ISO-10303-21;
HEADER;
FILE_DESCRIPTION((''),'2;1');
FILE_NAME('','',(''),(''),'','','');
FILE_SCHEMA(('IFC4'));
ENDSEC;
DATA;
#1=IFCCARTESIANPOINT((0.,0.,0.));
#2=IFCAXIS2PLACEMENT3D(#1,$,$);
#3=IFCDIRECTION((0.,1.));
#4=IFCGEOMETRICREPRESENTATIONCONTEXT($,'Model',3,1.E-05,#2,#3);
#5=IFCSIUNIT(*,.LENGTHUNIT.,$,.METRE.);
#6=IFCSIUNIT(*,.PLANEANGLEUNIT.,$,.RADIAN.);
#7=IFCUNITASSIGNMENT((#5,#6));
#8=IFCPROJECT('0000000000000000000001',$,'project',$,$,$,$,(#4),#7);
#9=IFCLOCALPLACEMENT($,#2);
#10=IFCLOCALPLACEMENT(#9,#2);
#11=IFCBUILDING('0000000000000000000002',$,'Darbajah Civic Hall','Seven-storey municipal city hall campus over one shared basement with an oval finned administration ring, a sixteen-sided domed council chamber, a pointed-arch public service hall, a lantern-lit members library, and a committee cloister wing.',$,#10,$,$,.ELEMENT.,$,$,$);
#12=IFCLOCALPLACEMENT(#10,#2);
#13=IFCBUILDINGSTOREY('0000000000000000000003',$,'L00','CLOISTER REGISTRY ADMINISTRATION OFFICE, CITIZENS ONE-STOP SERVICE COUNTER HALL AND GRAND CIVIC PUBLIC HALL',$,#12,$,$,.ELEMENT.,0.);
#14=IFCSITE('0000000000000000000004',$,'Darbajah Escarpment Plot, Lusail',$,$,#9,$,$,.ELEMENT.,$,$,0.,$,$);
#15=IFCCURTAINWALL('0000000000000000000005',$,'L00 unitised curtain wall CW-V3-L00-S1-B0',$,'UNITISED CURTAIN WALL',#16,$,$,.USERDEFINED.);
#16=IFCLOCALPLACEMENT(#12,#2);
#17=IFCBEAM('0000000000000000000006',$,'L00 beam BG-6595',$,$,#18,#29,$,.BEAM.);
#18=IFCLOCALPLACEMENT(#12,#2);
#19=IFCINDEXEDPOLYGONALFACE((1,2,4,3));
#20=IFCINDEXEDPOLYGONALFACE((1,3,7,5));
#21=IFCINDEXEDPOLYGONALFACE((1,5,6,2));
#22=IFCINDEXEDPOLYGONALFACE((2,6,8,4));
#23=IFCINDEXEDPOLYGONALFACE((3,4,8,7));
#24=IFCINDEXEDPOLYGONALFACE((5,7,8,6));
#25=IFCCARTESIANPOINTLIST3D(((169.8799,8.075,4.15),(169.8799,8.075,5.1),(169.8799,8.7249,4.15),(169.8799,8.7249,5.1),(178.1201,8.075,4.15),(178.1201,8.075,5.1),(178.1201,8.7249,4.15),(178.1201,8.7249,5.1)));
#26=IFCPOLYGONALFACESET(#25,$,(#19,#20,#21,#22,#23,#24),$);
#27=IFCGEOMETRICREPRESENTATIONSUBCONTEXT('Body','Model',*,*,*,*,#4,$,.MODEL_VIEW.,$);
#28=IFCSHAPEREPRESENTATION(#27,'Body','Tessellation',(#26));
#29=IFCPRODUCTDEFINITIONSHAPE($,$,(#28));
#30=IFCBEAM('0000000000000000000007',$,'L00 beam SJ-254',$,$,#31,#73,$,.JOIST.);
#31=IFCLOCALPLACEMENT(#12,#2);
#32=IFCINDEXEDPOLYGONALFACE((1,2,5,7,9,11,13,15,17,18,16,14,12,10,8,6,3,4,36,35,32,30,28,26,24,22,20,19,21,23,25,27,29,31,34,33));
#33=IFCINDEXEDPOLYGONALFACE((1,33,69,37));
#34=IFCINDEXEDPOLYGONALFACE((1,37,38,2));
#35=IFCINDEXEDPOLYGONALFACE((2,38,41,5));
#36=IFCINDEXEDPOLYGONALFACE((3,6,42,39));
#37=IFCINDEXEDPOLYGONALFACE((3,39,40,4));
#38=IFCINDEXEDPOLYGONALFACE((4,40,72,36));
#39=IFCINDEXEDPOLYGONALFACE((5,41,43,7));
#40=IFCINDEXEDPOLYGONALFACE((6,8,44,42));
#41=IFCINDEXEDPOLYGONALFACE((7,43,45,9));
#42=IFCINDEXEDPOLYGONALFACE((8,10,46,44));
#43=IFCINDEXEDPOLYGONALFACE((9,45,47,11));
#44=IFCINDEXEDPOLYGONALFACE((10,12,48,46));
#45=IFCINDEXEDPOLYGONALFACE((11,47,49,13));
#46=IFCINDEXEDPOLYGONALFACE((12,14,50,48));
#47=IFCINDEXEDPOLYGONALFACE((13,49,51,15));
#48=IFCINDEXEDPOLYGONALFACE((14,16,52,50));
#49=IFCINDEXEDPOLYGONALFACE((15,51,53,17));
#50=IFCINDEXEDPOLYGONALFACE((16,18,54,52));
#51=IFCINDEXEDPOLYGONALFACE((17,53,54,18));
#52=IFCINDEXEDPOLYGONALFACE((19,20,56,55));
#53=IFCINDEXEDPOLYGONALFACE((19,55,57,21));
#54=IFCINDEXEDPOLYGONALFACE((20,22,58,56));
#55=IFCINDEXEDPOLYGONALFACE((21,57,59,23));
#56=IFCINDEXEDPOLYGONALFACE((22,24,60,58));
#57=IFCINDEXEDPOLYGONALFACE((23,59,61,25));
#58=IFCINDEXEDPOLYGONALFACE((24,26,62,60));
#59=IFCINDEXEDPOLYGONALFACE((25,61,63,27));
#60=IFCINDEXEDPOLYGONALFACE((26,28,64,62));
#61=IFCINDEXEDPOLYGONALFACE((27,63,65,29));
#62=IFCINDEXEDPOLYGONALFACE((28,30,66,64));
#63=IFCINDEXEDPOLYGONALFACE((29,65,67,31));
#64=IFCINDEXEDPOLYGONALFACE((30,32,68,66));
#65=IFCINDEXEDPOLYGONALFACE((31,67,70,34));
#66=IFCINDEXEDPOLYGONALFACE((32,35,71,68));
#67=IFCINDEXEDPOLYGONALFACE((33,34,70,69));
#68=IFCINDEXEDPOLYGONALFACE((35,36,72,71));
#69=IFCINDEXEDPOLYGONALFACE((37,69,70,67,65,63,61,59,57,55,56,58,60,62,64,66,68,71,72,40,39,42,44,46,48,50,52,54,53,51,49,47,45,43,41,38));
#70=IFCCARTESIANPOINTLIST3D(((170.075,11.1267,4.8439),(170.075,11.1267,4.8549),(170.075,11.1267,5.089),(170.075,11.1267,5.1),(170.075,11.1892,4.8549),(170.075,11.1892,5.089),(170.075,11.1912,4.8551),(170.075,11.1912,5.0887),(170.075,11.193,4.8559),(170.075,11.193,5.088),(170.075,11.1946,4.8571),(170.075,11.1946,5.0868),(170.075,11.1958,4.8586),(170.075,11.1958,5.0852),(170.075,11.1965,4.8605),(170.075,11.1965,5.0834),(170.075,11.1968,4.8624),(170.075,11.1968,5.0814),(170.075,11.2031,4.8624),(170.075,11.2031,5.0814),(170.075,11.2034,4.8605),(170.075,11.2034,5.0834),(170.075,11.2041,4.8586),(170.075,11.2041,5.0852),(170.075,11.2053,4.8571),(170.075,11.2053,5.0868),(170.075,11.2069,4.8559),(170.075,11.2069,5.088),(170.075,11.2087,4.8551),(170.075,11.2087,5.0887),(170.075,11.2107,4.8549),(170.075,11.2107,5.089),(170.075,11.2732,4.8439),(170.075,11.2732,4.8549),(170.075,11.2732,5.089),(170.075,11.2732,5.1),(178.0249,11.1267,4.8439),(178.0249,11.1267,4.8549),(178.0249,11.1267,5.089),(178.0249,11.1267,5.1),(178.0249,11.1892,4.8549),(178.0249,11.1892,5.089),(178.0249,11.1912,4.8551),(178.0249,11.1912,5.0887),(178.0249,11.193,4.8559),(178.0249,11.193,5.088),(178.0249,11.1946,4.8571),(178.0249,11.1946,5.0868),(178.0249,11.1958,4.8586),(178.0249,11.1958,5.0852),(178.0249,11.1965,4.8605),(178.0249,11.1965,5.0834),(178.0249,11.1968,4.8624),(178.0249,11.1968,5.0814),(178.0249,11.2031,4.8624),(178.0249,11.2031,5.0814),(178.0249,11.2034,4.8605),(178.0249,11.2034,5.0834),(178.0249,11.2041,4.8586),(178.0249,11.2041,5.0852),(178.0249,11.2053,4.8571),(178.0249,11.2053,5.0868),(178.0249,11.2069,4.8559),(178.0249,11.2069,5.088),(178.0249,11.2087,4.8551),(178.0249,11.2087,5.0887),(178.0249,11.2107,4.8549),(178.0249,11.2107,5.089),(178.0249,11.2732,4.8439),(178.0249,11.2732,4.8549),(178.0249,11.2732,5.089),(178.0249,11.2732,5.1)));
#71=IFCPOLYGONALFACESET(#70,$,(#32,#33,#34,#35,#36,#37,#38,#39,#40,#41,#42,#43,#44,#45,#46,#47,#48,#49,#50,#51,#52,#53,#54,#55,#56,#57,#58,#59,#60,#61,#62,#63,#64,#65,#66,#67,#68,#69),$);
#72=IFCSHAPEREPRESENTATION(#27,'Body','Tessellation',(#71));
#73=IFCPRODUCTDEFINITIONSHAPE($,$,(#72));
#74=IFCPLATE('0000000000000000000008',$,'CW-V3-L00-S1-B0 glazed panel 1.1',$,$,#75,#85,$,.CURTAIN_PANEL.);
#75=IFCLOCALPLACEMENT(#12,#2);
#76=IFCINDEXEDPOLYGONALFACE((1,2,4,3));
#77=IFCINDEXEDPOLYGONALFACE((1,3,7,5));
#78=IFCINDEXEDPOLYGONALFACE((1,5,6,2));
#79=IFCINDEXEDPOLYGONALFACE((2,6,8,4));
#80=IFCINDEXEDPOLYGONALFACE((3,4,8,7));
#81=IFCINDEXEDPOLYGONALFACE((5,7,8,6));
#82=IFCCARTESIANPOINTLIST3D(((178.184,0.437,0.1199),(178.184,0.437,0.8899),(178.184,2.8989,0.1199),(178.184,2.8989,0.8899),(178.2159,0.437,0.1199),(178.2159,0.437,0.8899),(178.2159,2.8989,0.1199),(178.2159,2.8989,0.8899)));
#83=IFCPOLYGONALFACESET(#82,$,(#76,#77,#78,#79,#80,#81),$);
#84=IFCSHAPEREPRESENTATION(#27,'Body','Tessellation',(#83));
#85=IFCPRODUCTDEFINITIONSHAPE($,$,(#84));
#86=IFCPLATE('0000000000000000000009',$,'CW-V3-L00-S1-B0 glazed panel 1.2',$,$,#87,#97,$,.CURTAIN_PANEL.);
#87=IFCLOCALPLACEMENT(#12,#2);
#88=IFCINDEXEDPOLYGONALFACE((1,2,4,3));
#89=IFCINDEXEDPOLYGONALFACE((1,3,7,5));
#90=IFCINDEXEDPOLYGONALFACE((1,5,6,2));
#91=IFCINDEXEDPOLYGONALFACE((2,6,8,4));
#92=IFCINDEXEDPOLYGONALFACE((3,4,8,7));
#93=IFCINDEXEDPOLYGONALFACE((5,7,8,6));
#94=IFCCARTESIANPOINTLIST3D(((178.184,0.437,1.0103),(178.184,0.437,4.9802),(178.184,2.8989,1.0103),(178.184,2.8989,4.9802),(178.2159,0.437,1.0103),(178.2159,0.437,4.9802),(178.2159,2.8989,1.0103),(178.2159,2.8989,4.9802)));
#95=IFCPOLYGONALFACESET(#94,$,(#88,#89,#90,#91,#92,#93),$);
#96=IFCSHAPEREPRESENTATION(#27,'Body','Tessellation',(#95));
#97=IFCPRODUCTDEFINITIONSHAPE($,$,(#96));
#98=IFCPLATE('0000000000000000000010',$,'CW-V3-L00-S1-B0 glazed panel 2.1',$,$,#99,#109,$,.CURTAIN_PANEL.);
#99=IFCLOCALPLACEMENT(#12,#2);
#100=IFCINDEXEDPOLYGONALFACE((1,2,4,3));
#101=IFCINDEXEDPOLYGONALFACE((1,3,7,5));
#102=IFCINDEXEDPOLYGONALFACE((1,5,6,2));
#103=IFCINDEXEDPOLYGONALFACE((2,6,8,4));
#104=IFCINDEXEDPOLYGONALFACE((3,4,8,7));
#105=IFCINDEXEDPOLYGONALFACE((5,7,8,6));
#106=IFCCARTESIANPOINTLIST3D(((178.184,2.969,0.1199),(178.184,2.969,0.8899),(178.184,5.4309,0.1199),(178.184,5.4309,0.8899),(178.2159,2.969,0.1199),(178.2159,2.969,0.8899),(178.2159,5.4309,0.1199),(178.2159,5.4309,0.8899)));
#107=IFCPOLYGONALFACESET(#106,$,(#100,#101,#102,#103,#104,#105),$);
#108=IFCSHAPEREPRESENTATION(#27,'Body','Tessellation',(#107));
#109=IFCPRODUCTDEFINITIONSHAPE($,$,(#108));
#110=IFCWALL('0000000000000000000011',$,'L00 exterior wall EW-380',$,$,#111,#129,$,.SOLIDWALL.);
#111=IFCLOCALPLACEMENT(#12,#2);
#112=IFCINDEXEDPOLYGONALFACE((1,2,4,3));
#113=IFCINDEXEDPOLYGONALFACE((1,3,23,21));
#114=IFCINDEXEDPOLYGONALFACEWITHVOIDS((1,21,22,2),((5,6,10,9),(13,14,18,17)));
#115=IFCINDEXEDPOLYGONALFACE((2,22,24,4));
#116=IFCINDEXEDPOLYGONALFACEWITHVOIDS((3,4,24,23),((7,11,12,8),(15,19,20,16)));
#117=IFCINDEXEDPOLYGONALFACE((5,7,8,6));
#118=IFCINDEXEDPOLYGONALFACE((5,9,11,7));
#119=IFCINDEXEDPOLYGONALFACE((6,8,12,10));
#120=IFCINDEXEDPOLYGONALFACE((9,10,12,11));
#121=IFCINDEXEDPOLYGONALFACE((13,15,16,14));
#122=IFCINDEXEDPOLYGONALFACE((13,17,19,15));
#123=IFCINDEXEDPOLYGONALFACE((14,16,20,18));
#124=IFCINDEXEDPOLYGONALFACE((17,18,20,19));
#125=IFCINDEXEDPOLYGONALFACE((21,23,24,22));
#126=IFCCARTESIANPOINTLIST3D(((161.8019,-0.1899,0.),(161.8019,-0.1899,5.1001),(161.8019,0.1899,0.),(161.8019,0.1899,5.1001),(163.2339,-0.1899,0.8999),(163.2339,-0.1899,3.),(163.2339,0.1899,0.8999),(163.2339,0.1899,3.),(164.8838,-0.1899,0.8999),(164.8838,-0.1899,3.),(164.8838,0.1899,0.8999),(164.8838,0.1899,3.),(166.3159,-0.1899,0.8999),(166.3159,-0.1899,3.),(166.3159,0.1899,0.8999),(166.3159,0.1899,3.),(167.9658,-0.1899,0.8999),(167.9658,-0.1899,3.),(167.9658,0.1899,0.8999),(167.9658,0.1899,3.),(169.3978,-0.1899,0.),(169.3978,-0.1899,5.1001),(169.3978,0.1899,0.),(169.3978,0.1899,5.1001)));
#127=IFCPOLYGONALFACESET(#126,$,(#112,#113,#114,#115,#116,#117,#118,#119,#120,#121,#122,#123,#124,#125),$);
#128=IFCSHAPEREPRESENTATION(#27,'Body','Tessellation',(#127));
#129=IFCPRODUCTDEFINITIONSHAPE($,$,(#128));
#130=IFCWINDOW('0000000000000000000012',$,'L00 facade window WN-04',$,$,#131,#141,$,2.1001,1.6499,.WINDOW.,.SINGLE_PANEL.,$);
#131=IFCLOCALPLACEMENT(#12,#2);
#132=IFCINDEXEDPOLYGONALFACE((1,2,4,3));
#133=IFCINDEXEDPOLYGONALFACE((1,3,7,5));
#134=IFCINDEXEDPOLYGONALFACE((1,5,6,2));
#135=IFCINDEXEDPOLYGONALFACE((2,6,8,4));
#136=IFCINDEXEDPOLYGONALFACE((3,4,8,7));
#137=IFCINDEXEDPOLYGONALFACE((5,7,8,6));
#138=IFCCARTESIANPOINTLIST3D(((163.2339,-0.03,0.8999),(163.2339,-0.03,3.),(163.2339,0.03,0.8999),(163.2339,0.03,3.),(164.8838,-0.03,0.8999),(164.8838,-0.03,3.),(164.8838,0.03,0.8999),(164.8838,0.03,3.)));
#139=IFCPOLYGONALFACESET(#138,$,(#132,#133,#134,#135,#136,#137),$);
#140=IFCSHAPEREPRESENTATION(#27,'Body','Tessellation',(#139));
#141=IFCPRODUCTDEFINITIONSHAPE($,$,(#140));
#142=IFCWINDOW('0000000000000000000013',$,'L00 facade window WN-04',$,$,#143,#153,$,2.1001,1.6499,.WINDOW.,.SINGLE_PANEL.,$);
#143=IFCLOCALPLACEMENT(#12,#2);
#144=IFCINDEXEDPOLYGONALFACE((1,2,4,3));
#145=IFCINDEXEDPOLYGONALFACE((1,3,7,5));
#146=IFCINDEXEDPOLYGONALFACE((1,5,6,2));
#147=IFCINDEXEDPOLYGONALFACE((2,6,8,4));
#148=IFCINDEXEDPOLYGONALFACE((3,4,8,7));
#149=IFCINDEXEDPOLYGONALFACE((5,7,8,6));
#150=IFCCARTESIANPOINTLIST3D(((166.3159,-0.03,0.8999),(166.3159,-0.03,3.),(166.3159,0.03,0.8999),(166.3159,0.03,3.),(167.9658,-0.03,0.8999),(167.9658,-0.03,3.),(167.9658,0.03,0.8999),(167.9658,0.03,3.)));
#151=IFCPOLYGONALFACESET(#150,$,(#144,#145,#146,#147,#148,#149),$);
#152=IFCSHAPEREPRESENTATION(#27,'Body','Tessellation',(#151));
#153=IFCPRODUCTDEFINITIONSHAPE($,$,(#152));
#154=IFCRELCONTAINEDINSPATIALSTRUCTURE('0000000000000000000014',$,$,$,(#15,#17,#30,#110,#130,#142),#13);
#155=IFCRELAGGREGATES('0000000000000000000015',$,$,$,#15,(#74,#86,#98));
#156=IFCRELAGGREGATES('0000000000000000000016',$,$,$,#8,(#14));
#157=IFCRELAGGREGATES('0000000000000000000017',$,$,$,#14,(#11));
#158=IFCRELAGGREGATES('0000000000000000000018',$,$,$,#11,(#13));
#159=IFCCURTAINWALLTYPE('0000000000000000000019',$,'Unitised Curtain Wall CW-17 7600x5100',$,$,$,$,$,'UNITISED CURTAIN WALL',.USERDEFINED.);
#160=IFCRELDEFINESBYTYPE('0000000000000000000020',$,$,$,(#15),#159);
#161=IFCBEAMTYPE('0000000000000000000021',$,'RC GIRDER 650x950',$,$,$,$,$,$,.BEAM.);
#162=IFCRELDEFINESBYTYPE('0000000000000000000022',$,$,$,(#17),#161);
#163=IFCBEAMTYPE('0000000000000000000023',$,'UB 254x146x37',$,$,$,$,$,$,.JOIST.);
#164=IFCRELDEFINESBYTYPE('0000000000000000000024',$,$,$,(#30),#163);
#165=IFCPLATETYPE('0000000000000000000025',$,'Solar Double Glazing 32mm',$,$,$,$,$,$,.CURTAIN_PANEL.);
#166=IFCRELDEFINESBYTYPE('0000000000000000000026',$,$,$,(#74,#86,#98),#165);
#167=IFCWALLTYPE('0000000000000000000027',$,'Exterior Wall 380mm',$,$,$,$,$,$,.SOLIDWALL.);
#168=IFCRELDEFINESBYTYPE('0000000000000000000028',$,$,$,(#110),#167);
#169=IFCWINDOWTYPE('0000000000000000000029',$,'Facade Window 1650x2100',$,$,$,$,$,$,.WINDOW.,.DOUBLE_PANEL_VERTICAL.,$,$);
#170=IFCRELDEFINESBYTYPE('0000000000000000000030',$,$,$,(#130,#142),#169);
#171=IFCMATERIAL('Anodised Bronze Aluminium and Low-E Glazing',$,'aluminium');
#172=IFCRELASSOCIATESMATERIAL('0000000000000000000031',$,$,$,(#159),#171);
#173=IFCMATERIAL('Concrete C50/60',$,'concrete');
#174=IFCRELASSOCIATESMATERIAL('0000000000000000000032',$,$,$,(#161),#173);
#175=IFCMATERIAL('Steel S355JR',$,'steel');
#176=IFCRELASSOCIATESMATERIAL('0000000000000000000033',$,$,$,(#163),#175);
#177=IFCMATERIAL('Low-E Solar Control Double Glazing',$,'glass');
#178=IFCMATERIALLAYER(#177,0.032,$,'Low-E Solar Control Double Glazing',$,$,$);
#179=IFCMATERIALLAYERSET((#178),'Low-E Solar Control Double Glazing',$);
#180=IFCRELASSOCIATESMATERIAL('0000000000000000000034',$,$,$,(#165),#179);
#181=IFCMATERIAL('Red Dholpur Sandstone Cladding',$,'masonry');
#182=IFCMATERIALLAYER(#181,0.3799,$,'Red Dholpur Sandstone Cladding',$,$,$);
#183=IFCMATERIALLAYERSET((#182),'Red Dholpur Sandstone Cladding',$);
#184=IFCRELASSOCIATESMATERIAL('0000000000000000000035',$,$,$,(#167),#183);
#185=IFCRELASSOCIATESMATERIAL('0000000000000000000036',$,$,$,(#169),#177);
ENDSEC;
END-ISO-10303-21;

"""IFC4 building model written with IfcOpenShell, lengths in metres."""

from ifc_helpers import new_model, si_unit, direction, frame, frame_2d, origin, origin_2d, place, context, subcontext, project, spatial, rectangle, i_section, extrude, material, layer, layer_set, material_profile, profile_set, type_object, element, fill, aggregate, save


model = new_model("IFC4")

# Units and contexts
model_context = context("Model", 3, precision=1e-05, world=origin(), true_north=direction((0.0, 1.0)))
body_context = subcontext(model_context, "Body", "Model", "MODEL_VIEW")
ifc_project = project(units=[si_unit("LENGTHUNIT", "METRE"), si_unit("PLANEANGLEUNIT", "RADIAN")], contexts=[model_context])

# Site, building, storey
site_placement = place(None, origin())
site = spatial("IfcSite", under=ifc_project, at=site_placement, Name="Darbajah Escarpment Plot, Lusail", CompositionType="ELEMENT", RefElevation=0.0)
building_placement = place(site_placement, origin())
building = spatial("IfcBuilding", under=site, at=building_placement, Name="Darbajah Civic Hall", Description="Seven-storey municipal city hall campus over one shared basement with an oval finned administration ring, a sixteen-sided domed council chamber, a pointed-arch public service hall, a lantern-lit members library, and a committee cloister wing.", CompositionType="ELEMENT")
storey_placement = place(building_placement, origin())
storey = spatial("IfcBuildingStorey", under=building, at=storey_placement, Name="L00", Description="CLOISTER REGISTRY ADMINISTRATION OFFICE, CITIZENS ONE-STOP SERVICE COUNTER HALL AND GRAND CIVIC PUBLIC HALL", CompositionType="ELEMENT", Elevation=0.0)

# Shared definitions
ifc_material_1 = material(Name="Concrete C50/60", Category="concrete")

# Curtain wall
ifc_material_2 = material(Name="Anodised Bronze Aluminium and Low-E Glazing", Category="aluminium")
curtain_wall_type = type_object("IfcCurtainWallType", Name="Unitised Curtain Wall CW-17 7600x5100", ElementType="UNITISED CURTAIN WALL", PredefinedType="USERDEFINED", material=ifc_material_2)
curtain_wall_placement = place(storey_placement, origin())
curtain_wall = element("IfcCurtainWall", 1, at=curtain_wall_placement, inside=storey, type_object=curtain_wall_type, Name="L00 unitised curtain wall CW-V3-L00-S1-B0", ObjectType="UNITISED CURTAIN WALL", PredefinedType="USERDEFINED")

# Beams
ifc_material_profile_1 = material_profile(ifc_material_1, rectangle(XDim=0.6499, YDim=0.95, at=origin_2d()), Name="RC GIRDER 650x950")
ifc_profile_set_1 = profile_set([ifc_material_profile_1], Name="Concrete C50/60")
beam_type_1 = type_object("IfcBeamType", Name="RC GIRDER 650x950", PredefinedType="BEAM", material=ifc_profile_set_1)
beam_1_placement = place(storey_placement, frame((169.8799, 8.3999, 4.625), z_axis=(1.0, 0.0, 0.0), x_axis=(0.0, 1.0, 0.0)))
element("IfcBeam", 2, at=beam_1_placement, inside=storey, type_object=beam_type_1, Name="L00 beam BG-6595", PredefinedType="BEAM", context=body_context, shape_type="SweptSolid", body=[
    extrude(rectangle(XDim=0.6499, YDim=0.95, at=origin_2d()), origin(), (0.0, 0.0, 1.0), 8.2402),
])
ifc_material_3 = material(Name="Steel S355JR", Category="steel")
ifc_material_profile_2 = material_profile(ifc_material_3, i_section(OverallWidth=0.1465, OverallDepth=0.2561, WebThickness=0.0063, FlangeThickness=0.011, FilletRadius=0.0076, at=origin_2d()), Name="UB 254x146x37")
ifc_profile_set_2 = profile_set([ifc_material_profile_2], Name="Steel S355JR")
beam_type_2 = type_object("IfcBeamType", Name="UB 254x146x37", PredefinedType="JOIST", material=ifc_profile_set_2)
beam_2_placement = place(storey_placement, frame((170.075, 11.2, 4.9719), z_axis=(1.0, 0.0, 0.0), x_axis=(0.0, 1.0, 0.0)))
element("IfcBeam", 3, at=beam_2_placement, inside=storey, type_object=beam_type_2, Name="L00 beam SJ-254", PredefinedType="JOIST", context=body_context, shape_type="SweptSolid", body=[
    extrude(i_section(OverallWidth=0.1465, OverallDepth=0.2561, WebThickness=0.0063, FlangeThickness=0.011, FilletRadius=0.0076, at=origin_2d()), origin(), (0.0, 0.0, 1.0), 7.95),
])

# Plates
ifc_material_4 = material(Name="Low-E Solar Control Double Glazing", Category="glass")
ifc_layer_1 = layer(ifc_material_4, 0.032, Name="Low-E Solar Control Double Glazing")
ifc_layer_set_1 = layer_set([ifc_layer_1], Name="Low-E Solar Control Double Glazing")
plate_type = type_object("IfcPlateType", Name="Solar Double Glazing 32mm", PredefinedType="CURTAIN_PANEL", material=ifc_layer_set_1)
plate_1_placement = place(storey_placement, frame((178.2, 1.668, 0.1199), z_axis=(0.0, 0.0, 1.0), x_axis=(0.0, 1.0, 0.0)))
plate_1 = element("IfcPlate", 4, at=plate_1_placement, type_object=plate_type, Name="CW-V3-L00-S1-B0 glazed panel 1.1", PredefinedType="CURTAIN_PANEL", context=body_context, shape_type="SweptSolid", body=[
    extrude(rectangle(XDim=2.4619, YDim=0.032, at=origin_2d()), origin(), (0.0, 0.0, 1.0), 0.77),
])
plate_2_placement = place(storey_placement, frame((178.2, 1.668, 1.0103), z_axis=(0.0, 0.0, 1.0), x_axis=(0.0, 1.0, 0.0)))
plate_2 = element("IfcPlate", 5, at=plate_2_placement, type_object=plate_type, Name="CW-V3-L00-S1-B0 glazed panel 1.2", PredefinedType="CURTAIN_PANEL", context=body_context, shape_type="SweptSolid", body=[
    extrude(rectangle(XDim=2.4619, YDim=0.032, at=origin_2d()), origin(), (0.0, 0.0, 1.0), 3.97),
])
plate_3_placement = place(storey_placement, frame((178.2, 4.2, 0.1199), z_axis=(0.0, 0.0, 1.0), x_axis=(0.0, 1.0, 0.0)))
plate_3 = element("IfcPlate", 6, at=plate_3_placement, type_object=plate_type, Name="CW-V3-L00-S1-B0 glazed panel 2.1", PredefinedType="CURTAIN_PANEL", context=body_context, shape_type="SweptSolid", body=[
    extrude(rectangle(XDim=2.4619, YDim=0.032, at=origin_2d()), origin(), (0.0, 0.0, 1.0), 0.77),
])
aggregate(curtain_wall, [plate_1, plate_2, plate_3])

# Wall, openings, windows
ifc_material_5 = material(Name="Red Dholpur Sandstone Cladding", Category="masonry")
ifc_layer_2 = layer(ifc_material_5, 0.3799, Name="Red Dholpur Sandstone Cladding")
ifc_layer_set_2 = layer_set([ifc_layer_2], Name="Red Dholpur Sandstone Cladding")
wall_type = type_object("IfcWallType", Name="Exterior Wall 380mm", PredefinedType="SOLIDWALL", material=ifc_layer_set_2)
wall_1_placement = place(storey_placement, frame((161.802, 0.0, 0.0), z_axis=(0.0, 0.0, 1.0), x_axis=(1.0, 0.0, 0.0)))
wall_1 = element("IfcWall", 7, at=wall_1_placement, inside=storey, type_object=wall_type, Name="L00 exterior wall EW-380", PredefinedType="SOLIDWALL", context=body_context, shape_type="SweptSolid", body=[
    extrude(rectangle(XDim=7.5959, YDim=0.3799, at=frame_2d((3.7979, 0.0))), origin(), (0.0, 0.0, 1.0), 5.1001),
])
opening_1_placement = place(wall_1_placement, frame((1.4319, 0.0, 0.8999)))
opening_1 = element("IfcOpeningElement", 8, at=opening_1_placement, cuts=wall_1, PredefinedType="OPENING", context=body_context, shape_type="SweptSolid", body=[
    extrude(rectangle(XDim=1.6499, YDim=2.1001, at=frame_2d((0.825, 1.05))), frame((0.0, 0.2, 0.0), z_axis=(0.0, -1.0, 0.0), x_axis=(1.0, 0.0, 0.0)), (0.0, 0.0, 1.0), 0.3999),
])
opening_2_placement = place(wall_1_placement, frame((4.5139, 0.0, 0.8999)))
opening_2 = element("IfcOpeningElement", 9, at=opening_2_placement, cuts=wall_1, PredefinedType="OPENING", context=body_context, shape_type="SweptSolid", body=[
    extrude(rectangle(XDim=1.6499, YDim=2.1001, at=frame_2d((0.825, 1.05))), frame((0.0, 0.2, 0.0), z_axis=(0.0, -1.0, 0.0), x_axis=(1.0, 0.0, 0.0)), (0.0, 0.0, 1.0), 0.3999),
])
window_type_1 = type_object("IfcWindowType", Name="Facade Window 1650x2100", PartitioningType="DOUBLE_PANEL_VERTICAL", PredefinedType="WINDOW", material=ifc_material_4)
window_1_placement = place(opening_1_placement, origin())
window_1 = element("IfcWindow", 10, at=window_1_placement, inside=storey, type_object=window_type_1, Name="L00 facade window WN-04", OverallHeight=2.1001, OverallWidth=1.6499, PartitioningType="SINGLE_PANEL", PredefinedType="WINDOW", context=body_context, shape_type="SweptSolid", body=[
    extrude(rectangle(XDim=1.6499, YDim=2.1001, at=frame_2d((0.825, 1.05))), frame((0.0, 0.03, 0.0), z_axis=(0.0, -1.0, 0.0), x_axis=(1.0, 0.0, 0.0)), (0.0, 0.0, 1.0), 0.0601),
])
fill(opening_1, window_1)
window_2_placement = place(opening_2_placement, origin())
window_2 = element("IfcWindow", 11, at=window_2_placement, inside=storey, type_object=window_type_1, Name="L00 facade window WN-04", OverallHeight=2.1001, OverallWidth=1.6499, PartitioningType="SINGLE_PANEL", PredefinedType="WINDOW", context=body_context, shape_type="SweptSolid", body=[
    extrude(rectangle(XDim=1.6499, YDim=2.1001, at=frame_2d((0.825, 1.05))), frame((0.0, 0.03, 0.0), z_axis=(0.0, -1.0, 0.0), x_axis=(1.0, 0.0, 0.0)), (0.0, 0.0, 1.0), 0.0601),
])
fill(opening_2, window_2)

save(model, "model.ifc")
